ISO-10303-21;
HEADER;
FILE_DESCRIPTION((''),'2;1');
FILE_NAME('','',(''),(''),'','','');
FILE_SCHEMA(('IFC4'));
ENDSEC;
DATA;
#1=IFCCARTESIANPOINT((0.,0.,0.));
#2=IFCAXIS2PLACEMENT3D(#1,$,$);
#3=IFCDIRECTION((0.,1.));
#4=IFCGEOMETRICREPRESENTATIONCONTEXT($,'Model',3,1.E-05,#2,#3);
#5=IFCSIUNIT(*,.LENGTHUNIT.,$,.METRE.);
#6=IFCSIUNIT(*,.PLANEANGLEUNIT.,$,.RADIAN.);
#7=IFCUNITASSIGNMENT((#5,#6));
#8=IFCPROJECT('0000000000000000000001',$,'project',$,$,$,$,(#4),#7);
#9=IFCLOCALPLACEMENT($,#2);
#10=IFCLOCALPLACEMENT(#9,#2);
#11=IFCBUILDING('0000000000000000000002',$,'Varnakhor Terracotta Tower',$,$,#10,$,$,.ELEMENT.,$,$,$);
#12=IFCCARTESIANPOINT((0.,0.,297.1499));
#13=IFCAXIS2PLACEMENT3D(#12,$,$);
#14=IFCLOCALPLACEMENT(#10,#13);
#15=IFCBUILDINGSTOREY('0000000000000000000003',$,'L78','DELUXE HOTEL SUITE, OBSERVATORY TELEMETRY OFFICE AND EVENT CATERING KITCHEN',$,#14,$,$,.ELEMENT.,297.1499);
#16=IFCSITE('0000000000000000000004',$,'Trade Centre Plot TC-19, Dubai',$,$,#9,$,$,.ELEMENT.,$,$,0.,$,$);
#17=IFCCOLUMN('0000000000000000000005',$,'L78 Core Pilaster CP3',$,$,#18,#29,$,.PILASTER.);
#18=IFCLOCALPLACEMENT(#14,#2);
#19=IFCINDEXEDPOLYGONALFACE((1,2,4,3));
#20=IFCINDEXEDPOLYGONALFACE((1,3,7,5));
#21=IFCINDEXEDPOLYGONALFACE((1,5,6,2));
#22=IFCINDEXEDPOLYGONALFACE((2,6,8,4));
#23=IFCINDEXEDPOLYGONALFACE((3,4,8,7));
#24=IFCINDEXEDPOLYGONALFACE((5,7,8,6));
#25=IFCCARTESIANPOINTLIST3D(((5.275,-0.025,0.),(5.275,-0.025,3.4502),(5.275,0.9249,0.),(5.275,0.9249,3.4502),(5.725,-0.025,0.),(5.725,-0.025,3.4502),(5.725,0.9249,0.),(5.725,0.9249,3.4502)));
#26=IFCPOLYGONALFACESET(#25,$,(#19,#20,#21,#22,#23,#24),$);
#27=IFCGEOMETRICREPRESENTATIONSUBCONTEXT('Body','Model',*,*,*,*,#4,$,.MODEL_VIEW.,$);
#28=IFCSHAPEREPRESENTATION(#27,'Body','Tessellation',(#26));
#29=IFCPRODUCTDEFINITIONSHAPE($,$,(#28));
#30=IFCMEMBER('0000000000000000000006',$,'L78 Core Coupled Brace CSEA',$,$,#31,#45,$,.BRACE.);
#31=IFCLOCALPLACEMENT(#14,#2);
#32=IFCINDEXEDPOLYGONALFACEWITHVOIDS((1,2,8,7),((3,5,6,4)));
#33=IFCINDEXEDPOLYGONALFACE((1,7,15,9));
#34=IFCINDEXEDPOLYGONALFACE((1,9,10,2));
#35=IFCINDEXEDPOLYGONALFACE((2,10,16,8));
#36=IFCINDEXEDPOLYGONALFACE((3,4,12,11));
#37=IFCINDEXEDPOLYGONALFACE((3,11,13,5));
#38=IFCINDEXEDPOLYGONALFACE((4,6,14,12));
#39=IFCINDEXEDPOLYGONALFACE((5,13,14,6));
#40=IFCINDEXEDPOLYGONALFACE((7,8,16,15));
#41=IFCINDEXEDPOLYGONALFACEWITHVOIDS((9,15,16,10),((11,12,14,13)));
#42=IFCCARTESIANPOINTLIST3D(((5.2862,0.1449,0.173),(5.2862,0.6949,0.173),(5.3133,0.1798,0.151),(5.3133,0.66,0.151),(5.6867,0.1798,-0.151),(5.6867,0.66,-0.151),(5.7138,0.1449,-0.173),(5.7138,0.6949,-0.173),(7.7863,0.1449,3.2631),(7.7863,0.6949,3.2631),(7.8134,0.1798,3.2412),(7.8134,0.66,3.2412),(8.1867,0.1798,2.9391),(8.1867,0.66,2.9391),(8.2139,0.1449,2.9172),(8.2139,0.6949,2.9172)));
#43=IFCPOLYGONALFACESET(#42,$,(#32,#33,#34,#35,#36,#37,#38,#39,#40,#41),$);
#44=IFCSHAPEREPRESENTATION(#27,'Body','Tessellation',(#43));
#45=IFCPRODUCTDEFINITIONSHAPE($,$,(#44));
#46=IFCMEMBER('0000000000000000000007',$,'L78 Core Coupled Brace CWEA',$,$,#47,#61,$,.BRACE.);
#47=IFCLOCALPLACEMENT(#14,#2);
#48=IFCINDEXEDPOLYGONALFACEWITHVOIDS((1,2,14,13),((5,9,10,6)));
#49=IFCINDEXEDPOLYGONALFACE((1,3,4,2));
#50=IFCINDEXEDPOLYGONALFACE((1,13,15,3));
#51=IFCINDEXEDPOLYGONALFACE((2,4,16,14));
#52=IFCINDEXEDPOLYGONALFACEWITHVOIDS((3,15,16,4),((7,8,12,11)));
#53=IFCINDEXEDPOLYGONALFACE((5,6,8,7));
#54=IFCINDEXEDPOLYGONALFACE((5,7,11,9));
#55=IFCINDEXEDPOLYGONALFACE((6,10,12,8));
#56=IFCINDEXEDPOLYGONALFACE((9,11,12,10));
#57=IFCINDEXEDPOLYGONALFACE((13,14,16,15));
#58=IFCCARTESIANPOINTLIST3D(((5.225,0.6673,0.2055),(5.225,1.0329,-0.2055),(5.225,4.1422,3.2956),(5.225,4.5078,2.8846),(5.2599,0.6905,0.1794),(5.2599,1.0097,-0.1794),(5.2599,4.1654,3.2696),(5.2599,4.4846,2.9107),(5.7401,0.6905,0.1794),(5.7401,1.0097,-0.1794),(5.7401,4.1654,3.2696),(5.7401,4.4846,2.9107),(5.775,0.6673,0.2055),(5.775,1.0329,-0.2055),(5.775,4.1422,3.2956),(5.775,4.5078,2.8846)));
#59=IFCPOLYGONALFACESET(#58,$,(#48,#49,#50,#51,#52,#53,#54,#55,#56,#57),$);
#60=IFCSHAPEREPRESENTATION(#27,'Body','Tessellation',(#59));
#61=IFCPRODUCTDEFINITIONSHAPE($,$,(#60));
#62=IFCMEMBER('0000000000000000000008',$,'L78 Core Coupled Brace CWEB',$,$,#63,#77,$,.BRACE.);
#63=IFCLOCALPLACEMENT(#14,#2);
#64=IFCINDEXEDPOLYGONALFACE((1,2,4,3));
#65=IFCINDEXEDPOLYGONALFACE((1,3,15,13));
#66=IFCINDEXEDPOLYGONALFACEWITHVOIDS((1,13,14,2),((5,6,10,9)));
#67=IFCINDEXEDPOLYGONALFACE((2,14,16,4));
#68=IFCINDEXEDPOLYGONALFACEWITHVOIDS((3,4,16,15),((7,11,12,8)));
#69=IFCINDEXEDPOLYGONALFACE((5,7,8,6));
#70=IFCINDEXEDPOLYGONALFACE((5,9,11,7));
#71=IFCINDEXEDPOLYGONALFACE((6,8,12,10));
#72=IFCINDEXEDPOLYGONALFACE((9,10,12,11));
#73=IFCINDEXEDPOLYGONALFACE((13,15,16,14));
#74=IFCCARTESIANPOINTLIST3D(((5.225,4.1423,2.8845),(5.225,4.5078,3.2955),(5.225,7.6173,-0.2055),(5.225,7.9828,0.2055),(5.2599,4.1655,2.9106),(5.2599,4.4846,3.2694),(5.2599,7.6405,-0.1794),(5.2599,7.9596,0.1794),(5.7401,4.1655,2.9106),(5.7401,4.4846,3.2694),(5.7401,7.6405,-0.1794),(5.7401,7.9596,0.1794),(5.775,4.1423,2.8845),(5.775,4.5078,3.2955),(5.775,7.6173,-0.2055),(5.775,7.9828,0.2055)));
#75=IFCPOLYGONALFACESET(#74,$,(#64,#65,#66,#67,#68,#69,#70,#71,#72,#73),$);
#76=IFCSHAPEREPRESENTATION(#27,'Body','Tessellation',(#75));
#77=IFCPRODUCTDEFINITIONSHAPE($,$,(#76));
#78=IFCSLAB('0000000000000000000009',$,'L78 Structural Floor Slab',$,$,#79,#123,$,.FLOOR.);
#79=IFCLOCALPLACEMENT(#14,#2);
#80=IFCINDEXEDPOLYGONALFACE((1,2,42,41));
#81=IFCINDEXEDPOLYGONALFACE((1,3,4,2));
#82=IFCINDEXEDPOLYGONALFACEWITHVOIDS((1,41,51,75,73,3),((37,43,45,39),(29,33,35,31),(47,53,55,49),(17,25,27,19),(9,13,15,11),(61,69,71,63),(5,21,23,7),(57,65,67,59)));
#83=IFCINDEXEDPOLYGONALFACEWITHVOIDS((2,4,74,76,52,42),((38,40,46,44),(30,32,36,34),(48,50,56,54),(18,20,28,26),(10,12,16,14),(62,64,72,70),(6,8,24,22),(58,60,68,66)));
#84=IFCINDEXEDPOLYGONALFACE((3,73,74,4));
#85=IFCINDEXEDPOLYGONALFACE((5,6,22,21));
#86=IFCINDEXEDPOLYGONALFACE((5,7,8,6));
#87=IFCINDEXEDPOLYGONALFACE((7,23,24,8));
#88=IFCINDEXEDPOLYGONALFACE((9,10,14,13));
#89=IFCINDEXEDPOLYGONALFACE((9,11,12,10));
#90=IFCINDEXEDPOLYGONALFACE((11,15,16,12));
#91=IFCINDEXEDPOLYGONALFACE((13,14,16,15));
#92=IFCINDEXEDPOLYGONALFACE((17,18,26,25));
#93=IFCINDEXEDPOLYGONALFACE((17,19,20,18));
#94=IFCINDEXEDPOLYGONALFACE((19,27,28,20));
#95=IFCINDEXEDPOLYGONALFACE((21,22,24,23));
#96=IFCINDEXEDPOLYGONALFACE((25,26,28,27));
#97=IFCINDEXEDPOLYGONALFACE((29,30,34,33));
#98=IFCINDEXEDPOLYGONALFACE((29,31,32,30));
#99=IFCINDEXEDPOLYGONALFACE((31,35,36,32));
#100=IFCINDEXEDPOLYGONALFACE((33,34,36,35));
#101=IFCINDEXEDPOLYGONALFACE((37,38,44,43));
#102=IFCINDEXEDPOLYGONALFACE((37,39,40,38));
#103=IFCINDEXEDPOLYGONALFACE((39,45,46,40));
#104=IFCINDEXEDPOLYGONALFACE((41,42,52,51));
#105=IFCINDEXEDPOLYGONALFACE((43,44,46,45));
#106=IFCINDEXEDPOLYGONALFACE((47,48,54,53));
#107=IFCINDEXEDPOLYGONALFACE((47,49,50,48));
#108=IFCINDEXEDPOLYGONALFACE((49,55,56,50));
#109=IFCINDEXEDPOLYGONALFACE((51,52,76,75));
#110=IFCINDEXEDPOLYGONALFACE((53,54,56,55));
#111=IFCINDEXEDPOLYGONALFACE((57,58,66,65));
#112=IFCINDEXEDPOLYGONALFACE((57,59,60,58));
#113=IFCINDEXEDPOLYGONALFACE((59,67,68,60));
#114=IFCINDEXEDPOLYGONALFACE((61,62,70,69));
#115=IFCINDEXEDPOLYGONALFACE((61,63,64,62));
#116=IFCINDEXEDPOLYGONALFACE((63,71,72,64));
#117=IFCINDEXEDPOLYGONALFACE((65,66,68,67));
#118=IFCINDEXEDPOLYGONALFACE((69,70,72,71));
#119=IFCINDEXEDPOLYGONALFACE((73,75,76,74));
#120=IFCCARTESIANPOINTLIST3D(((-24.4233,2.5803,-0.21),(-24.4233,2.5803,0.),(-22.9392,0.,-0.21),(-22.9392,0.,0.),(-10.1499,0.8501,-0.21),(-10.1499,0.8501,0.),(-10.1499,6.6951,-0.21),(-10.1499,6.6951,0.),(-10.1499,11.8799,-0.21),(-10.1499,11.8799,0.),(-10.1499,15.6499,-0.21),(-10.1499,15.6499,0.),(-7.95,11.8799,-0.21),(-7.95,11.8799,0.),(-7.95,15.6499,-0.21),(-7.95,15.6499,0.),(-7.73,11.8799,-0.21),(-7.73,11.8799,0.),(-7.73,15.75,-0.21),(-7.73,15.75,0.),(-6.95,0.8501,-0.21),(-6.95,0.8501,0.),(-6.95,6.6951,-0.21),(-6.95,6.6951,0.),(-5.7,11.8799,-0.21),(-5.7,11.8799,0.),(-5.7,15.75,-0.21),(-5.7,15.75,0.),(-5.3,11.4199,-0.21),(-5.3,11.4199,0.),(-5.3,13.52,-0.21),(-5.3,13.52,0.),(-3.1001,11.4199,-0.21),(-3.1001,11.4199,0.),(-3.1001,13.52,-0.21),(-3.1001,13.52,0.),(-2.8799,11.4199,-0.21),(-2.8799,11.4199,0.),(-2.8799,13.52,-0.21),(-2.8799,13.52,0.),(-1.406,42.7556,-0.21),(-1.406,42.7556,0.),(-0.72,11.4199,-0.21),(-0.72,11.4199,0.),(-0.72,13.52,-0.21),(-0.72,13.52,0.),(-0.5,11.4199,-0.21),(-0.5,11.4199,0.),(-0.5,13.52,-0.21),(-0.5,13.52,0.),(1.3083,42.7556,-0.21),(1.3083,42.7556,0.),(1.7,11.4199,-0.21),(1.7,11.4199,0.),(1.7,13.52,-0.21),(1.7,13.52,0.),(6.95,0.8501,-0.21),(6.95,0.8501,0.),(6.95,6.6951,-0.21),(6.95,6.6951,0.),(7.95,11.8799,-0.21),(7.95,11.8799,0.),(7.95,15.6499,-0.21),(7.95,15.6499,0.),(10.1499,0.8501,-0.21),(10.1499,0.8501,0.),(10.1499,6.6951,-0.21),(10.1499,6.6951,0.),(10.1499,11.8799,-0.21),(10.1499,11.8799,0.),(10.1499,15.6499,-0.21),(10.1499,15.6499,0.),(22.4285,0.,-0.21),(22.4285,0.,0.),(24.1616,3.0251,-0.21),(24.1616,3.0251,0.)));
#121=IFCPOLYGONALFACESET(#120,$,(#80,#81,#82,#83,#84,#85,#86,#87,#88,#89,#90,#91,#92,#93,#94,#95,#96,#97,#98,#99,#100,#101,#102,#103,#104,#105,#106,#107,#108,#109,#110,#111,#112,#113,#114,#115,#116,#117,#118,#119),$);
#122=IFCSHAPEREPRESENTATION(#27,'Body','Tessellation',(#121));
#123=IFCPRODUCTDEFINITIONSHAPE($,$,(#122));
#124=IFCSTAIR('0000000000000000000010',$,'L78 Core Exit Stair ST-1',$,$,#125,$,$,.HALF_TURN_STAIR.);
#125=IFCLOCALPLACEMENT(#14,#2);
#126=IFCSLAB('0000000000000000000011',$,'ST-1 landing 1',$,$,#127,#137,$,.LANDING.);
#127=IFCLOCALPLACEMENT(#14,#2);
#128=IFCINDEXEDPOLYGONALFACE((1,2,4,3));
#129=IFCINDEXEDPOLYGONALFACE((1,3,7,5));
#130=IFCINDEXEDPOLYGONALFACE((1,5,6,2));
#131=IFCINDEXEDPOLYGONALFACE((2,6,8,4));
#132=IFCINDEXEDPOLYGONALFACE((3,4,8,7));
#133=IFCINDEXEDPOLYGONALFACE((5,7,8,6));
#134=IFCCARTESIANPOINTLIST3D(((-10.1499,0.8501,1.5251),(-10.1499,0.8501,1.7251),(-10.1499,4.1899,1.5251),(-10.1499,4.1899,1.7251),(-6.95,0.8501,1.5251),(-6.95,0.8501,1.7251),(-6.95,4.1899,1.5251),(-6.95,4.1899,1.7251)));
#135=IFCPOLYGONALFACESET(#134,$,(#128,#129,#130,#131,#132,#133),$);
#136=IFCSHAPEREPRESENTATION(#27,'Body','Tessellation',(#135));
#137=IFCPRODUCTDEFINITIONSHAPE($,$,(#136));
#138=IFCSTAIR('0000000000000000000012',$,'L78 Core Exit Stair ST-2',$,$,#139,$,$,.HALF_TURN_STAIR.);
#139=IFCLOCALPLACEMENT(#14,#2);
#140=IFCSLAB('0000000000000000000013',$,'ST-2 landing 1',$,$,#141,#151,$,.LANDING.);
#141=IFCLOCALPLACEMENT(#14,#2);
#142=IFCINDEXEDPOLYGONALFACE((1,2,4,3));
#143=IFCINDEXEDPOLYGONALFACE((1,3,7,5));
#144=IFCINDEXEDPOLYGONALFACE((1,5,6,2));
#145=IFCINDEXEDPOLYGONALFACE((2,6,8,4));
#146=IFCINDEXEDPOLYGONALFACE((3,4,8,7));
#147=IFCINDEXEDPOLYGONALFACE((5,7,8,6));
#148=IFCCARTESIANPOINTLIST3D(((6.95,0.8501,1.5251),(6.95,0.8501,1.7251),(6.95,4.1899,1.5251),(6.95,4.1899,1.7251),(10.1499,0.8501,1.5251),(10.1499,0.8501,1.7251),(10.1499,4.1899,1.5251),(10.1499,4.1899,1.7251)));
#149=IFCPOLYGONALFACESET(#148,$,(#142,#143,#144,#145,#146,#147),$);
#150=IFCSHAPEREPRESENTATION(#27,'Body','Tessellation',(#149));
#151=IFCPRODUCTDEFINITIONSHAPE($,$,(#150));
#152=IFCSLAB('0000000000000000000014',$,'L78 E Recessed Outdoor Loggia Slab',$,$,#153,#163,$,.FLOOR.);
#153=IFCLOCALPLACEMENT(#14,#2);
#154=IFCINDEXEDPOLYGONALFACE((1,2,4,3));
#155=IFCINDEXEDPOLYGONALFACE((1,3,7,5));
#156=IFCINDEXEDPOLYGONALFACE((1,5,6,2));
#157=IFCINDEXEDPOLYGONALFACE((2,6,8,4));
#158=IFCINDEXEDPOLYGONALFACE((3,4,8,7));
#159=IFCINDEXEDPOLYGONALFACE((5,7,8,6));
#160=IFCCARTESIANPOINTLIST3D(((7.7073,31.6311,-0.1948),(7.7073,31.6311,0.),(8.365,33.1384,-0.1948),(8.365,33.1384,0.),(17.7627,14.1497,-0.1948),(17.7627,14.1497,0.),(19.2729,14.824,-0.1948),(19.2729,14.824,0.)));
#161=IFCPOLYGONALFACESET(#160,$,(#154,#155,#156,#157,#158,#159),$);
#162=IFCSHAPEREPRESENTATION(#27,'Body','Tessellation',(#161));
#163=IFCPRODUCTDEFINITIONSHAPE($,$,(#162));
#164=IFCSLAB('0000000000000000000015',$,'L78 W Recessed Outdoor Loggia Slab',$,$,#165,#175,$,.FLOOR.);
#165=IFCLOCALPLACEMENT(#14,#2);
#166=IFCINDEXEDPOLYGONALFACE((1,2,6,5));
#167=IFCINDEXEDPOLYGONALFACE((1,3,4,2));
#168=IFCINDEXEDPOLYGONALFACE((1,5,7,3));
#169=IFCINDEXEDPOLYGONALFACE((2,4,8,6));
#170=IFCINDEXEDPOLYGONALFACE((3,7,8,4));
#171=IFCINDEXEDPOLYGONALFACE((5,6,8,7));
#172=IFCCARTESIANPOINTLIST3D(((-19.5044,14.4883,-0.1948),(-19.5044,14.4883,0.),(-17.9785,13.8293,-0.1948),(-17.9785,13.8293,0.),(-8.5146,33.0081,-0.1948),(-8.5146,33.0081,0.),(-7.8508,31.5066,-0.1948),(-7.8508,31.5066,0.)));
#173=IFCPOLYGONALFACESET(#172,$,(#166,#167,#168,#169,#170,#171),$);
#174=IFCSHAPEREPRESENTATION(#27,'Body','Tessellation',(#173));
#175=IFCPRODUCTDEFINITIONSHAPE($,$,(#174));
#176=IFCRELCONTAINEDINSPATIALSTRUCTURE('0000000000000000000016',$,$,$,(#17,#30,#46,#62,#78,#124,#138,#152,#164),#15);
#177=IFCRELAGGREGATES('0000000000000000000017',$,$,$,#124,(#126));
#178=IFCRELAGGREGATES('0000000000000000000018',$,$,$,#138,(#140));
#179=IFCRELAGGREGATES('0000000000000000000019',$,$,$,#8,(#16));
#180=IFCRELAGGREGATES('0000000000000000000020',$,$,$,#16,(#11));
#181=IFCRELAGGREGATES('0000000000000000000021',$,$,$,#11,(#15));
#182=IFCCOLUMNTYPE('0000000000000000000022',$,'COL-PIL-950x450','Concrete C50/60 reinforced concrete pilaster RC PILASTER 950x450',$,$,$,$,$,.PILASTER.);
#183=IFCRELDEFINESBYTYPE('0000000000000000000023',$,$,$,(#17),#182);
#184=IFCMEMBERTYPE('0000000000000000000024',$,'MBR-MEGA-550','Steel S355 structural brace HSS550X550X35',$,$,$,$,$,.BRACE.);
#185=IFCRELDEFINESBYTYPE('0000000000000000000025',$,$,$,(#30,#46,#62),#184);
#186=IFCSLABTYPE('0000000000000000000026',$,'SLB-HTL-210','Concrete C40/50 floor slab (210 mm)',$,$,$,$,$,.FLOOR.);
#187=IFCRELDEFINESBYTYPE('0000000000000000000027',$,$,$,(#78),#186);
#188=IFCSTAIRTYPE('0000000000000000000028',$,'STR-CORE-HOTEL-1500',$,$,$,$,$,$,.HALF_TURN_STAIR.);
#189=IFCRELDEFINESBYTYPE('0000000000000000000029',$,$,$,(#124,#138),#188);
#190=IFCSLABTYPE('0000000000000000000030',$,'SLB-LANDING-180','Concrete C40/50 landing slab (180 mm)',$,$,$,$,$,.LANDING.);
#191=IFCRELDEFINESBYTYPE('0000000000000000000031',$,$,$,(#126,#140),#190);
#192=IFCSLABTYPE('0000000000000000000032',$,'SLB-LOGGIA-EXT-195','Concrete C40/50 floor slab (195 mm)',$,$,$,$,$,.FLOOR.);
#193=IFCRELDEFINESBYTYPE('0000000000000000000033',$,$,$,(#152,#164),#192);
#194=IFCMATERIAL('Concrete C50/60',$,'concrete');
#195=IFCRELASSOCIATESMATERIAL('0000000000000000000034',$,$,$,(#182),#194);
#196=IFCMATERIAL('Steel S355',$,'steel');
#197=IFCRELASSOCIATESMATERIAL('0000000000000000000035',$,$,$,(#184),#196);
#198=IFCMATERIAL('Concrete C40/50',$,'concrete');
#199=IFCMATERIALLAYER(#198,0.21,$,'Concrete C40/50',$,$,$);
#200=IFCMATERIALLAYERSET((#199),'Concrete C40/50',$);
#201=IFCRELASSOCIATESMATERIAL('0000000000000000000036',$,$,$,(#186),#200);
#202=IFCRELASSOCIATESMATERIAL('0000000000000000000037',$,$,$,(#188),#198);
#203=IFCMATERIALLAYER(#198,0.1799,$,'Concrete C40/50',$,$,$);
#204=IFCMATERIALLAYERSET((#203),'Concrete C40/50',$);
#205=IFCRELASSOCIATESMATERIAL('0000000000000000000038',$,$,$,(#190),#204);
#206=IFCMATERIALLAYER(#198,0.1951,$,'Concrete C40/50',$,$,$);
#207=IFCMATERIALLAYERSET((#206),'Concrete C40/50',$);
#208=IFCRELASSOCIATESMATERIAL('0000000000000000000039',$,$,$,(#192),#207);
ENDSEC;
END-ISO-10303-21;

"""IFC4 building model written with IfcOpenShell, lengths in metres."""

from ifc_helpers import new_model, si_unit, direction, frame, origin, origin_2d, place, context, subcontext, project, spatial, polyline, rectangle, hollow_rectangle, outline, extrude, source, transform, mapped, material, layer, layer_set, material_profile, profile_set, type_object, element, aggregate, save


model = new_model("IFC4")

# Units and contexts
model_context = context("Model", 3, precision=1e-05, world=origin(), true_north=direction((0.0, 1.0)))
body_context = subcontext(model_context, "Body", "Model", "MODEL_VIEW")
ifc_project = project(units=[si_unit("LENGTHUNIT", "METRE"), si_unit("PLANEANGLEUNIT", "RADIAN")], contexts=[model_context])

# Site, building, storey
site_placement = place(None, origin())
site = spatial("IfcSite", under=ifc_project, at=site_placement, Name="Trade Centre Plot TC-19, Dubai", CompositionType="ELEMENT", RefElevation=0.0)
building_placement = place(site_placement, origin())
building = spatial("IfcBuilding", under=site, at=building_placement, Name="Varnakhor Terracotta Tower", CompositionType="ELEMENT")
storey_placement = place(building_placement, frame((0.0, 0.0, 297.1499)))
storey = spatial("IfcBuildingStorey", under=building, at=storey_placement, Name="L78", Description="DELUXE HOTEL SUITE, OBSERVATORY TELEMETRY OFFICE AND EVENT CATERING KITCHEN", CompositionType="ELEMENT", Elevation=297.1499)

# Column
ifc_material_1 = material(Name="Concrete C50/60", Category="concrete")
ifc_material_profile_1 = material_profile(ifc_material_1, rectangle(XDim=0.45, YDim=0.95, at=origin_2d()), Name="RC PILASTER 950x450")
ifc_profile_set_1 = profile_set([ifc_material_profile_1], Name="Concrete C50/60")
column_type = type_object("IfcColumnType", Name="COL-PIL-950x450", Description="Concrete C50/60 reinforced concrete pilaster RC PILASTER 950x450", PredefinedType="PILASTER", material=ifc_profile_set_1)
shared_shape_1 = source(origin(), body_context, "Body", "SweptSolid", [
    extrude(rectangle(XDim=0.45, YDim=0.95, at=origin_2d()), origin(), (0.0, 0.0, 1.0), 3.4502),
])
column_placement = place(storey_placement, frame((5.5, 0.45, 0.0), z_axis=(0.0, 0.0, 1.0), x_axis=(1.0, 0.0, 0.0)))
element("IfcColumn", 1, at=column_placement, inside=storey, type_object=column_type, Name="L78 Core Pilaster CP3", PredefinedType="PILASTER", context=body_context, shape_type="MappedRepresentation", body=[
    mapped(shared_shape_1, transform((0.0, 0.0, 0.0), scale=1.0)),
])

# Members
ifc_material_2 = material(Name="Steel S355", Category="steel")
ifc_material_profile_2 = material_profile(ifc_material_2, hollow_rectangle(XDim=0.55, YDim=0.55, WallThickness=0.0349, at=origin_2d()), Name="HSS550X550X35")
ifc_profile_set_2 = profile_set([ifc_material_profile_2], Name="Steel S355")
member_type = type_object("IfcMemberType", Name="MBR-MEGA-550", Description="Steel S355 structural brace HSS550X550X35", PredefinedType="BRACE", material=ifc_profile_set_2)
shared_shape_2 = source(origin(), body_context, "Body", "SweptSolid", [
    extrude(hollow_rectangle(XDim=0.55, YDim=0.55, WallThickness=0.0349, at=origin_2d()), origin(), (0.0, 0.0, 1.0), 3.9749),
])
member_placement = place(storey_placement, frame((5.5, 0.4199, 0.0), z_axis=(0.62897, 0.0, 0.777429), x_axis=(0.0, 1.0, 0.0)))
element("IfcMember", 2, at=member_placement, inside=storey, type_object=member_type, Name="L78 Core Coupled Brace CSEA", PredefinedType="BRACE", context=body_context, shape_type="MappedRepresentation", body=[
    mapped(shared_shape_2, transform((0.0, 0.0, 0.0), scale=1.0)),
])
shared_shape_3 = source(origin(), body_context, "Body", "SweptSolid", [
    extrude(hollow_rectangle(XDim=0.55, YDim=0.55, WallThickness=0.0349, at=origin_2d()), origin(), (0.0, 0.0, 1.0), 4.6501),
])
for number, where, z_axis, x_axis, name in (
    (3, (5.5, 0.8501, 0.0), (0.0, 0.747267, 0.664524), (-1.0, 0.0, 0.0), "L78 Core Coupled Brace CWEA"),
    (4, (5.5, 7.8, 0.0), (0.0, -0.747291, 0.664497), (1.0, 0.0, 0.0), "L78 Core Coupled Brace CWEB"),
):
    element("IfcMember", number, at=place(storey_placement, frame(where, z_axis=z_axis, x_axis=x_axis)), inside=storey, type_object=member_type, Name=name, PredefinedType="BRACE", context=body_context, shape_type="MappedRepresentation", body=[
        mapped(shared_shape_3, transform((0.0, 0.0, 0.0), scale=1.0)),
    ])

# Slab
ifc_material_3 = material(Name="Concrete C40/50", Category="concrete")
ifc_layer_1 = layer(ifc_material_3, 0.21, Name="Concrete C40/50")
ifc_layer_set_1 = layer_set([ifc_layer_1], Name="Concrete C40/50")
slab_type_1 = type_object("IfcSlabType", Name="SLB-HTL-210", Description="Concrete C40/50 floor slab (210 mm)", PredefinedType="FLOOR", material=ifc_layer_set_1)
slab_1_placement = place(storey_placement, frame((0.0, 0.0, -0.21)))
element("IfcSlab", 5, at=slab_1_placement, inside=storey, type_object=slab_type_1, Name="L78 Structural Floor Slab", PredefinedType="FLOOR", context=body_context, shape_type="SweptSolid", body=[
    extrude(outline(polyline([(-24.4233, 2.5803), (-1.406, 42.7556), (1.3083, 42.7556), (24.1616, 3.0251), (22.4285, 0.0), (-22.9392, 0.0), (-24.4233, 2.5803)]), holes=[polyline([(-6.95, 0.8501), (-6.95, 6.6951), (-10.1499, 6.6951), (-10.1499, 0.8501), (-6.95, 0.8501)]), polyline([(10.1499, 0.8501), (10.1499, 6.6951), (6.95, 6.6951), (6.95, 0.8501), (10.1499, 0.8501)]), polyline([(-3.1001, 11.4199), (-3.1001, 13.52), (-5.3, 13.52), (-5.3, 11.4199), (-3.1001, 11.4199)]), polyline([(-0.72, 11.4199), (-0.72, 13.52), (-2.8799, 13.52), (-2.8799, 11.4199), (-0.72, 11.4199)]), polyline([(1.7, 11.4199), (1.7, 13.52), (-0.5, 13.52), (-0.5, 11.4199), (1.7, 11.4199)]), polyline([(-7.95, 11.8799), (-7.95, 15.6499), (-10.1499, 15.6499), (-10.1499, 11.8799), (-7.95, 11.8799)]), polyline([(10.1499, 11.8799), (10.1499, 15.6499), (7.95, 15.6499), (7.95, 11.8799), (10.1499, 11.8799)]), polyline([(-5.7, 11.8799), (-5.7, 15.75), (-7.73, 15.75), (-7.73, 11.8799), (-5.7, 11.8799)])]), origin(), (0.0, 0.0, 1.0), 0.21),
])

# Stairs, slabs
stair_type = type_object("IfcStairType", Name="STR-CORE-HOTEL-1500", PredefinedType="HALF_TURN_STAIR", material=ifc_material_3)
stair_1_placement = place(storey_placement, origin())
stair_1 = element("IfcStair", 6, at=stair_1_placement, inside=storey, type_object=stair_type, Name="L78 Core Exit Stair ST-1", PredefinedType="HALF_TURN_STAIR")
ifc_layer_2 = layer(ifc_material_3, 0.1799, Name="Concrete C40/50")
ifc_layer_set_2 = layer_set([ifc_layer_2], Name="Concrete C40/50")
slab_type_2 = type_object("IfcSlabType", Name="SLB-LANDING-180", Description="Concrete C40/50 landing slab (180 mm)", PredefinedType="LANDING", material=ifc_layer_set_2)
slab_2_placement = place(storey_placement, frame((0.0, 0.0, 1.5251)))
slab_2 = element("IfcSlab", 7, at=slab_2_placement, type_object=slab_type_2, Name="ST-1 landing 1", PredefinedType="LANDING", context=body_context, shape_type="SweptSolid", body=[
    extrude(outline(polyline([(-10.1499, 4.1899), (-10.1499, 0.8501), (-6.95, 0.8501), (-6.95, 4.1899), (-10.1499, 4.1899)])), origin(), (0.0, 0.0, 1.0), 0.2),
])
aggregate(stair_1, [slab_2])
stair_2_placement = place(storey_placement, origin())
stair_2 = element("IfcStair", 8, at=stair_2_placement, inside=storey, type_object=stair_type, Name="L78 Core Exit Stair ST-2", PredefinedType="HALF_TURN_STAIR")
slab_3_placement = place(storey_placement, frame((0.0, 0.0, 1.5251)))
slab_3 = element("IfcSlab", 9, at=slab_3_placement, type_object=slab_type_2, Name="ST-2 landing 1", PredefinedType="LANDING", context=body_context, shape_type="SweptSolid", body=[
    extrude(outline(polyline([(6.95, 4.1899), (6.95, 0.8501), (10.1499, 0.8501), (10.1499, 4.1899), (6.95, 4.1899)])), origin(), (0.0, 0.0, 1.0), 0.2),
])

# Slabs
ifc_layer_3 = layer(ifc_material_3, 0.1951, Name="Concrete C40/50")
ifc_layer_set_3 = layer_set([ifc_layer_3], Name="Concrete C40/50")
slab_type_3 = type_object("IfcSlabType", Name="SLB-LOGGIA-EXT-195", Description="Concrete C40/50 floor slab (195 mm)", PredefinedType="FLOOR", material=ifc_layer_set_3)
slab_4_placement = place(storey_placement, frame((0.0, 0.0, -0.1948)))
element("IfcSlab", 10, at=slab_4_placement, inside=storey, type_object=slab_type_3, Name="L78 E Recessed Outdoor Loggia Slab", PredefinedType="FLOOR", context=body_context, shape_type="SweptSolid", body=[
    extrude(outline(polyline([(8.365, 33.1384), (19.2729, 14.824), (17.7627, 14.1497), (7.7073, 31.6311), (8.365, 33.1384)])), origin(), (0.0, 0.0, 1.0), 0.1948),
])
slab_5_placement = place(storey_placement, frame((0.0, 0.0, -0.1948)))
element("IfcSlab", 11, at=slab_5_placement, inside=storey, type_object=slab_type_3, Name="L78 W Recessed Outdoor Loggia Slab", PredefinedType="FLOOR", context=body_context, shape_type="SweptSolid", body=[
    extrude(outline(polyline([(-19.5044, 14.4883), (-8.5146, 33.0081), (-7.8508, 31.5066), (-17.9785, 13.8293), (-19.5044, 14.4883)])), origin(), (0.0, 0.0, 1.0), 0.1948),
])

aggregate(stair_2, [slab_3])

save(model, "model.ifc")
